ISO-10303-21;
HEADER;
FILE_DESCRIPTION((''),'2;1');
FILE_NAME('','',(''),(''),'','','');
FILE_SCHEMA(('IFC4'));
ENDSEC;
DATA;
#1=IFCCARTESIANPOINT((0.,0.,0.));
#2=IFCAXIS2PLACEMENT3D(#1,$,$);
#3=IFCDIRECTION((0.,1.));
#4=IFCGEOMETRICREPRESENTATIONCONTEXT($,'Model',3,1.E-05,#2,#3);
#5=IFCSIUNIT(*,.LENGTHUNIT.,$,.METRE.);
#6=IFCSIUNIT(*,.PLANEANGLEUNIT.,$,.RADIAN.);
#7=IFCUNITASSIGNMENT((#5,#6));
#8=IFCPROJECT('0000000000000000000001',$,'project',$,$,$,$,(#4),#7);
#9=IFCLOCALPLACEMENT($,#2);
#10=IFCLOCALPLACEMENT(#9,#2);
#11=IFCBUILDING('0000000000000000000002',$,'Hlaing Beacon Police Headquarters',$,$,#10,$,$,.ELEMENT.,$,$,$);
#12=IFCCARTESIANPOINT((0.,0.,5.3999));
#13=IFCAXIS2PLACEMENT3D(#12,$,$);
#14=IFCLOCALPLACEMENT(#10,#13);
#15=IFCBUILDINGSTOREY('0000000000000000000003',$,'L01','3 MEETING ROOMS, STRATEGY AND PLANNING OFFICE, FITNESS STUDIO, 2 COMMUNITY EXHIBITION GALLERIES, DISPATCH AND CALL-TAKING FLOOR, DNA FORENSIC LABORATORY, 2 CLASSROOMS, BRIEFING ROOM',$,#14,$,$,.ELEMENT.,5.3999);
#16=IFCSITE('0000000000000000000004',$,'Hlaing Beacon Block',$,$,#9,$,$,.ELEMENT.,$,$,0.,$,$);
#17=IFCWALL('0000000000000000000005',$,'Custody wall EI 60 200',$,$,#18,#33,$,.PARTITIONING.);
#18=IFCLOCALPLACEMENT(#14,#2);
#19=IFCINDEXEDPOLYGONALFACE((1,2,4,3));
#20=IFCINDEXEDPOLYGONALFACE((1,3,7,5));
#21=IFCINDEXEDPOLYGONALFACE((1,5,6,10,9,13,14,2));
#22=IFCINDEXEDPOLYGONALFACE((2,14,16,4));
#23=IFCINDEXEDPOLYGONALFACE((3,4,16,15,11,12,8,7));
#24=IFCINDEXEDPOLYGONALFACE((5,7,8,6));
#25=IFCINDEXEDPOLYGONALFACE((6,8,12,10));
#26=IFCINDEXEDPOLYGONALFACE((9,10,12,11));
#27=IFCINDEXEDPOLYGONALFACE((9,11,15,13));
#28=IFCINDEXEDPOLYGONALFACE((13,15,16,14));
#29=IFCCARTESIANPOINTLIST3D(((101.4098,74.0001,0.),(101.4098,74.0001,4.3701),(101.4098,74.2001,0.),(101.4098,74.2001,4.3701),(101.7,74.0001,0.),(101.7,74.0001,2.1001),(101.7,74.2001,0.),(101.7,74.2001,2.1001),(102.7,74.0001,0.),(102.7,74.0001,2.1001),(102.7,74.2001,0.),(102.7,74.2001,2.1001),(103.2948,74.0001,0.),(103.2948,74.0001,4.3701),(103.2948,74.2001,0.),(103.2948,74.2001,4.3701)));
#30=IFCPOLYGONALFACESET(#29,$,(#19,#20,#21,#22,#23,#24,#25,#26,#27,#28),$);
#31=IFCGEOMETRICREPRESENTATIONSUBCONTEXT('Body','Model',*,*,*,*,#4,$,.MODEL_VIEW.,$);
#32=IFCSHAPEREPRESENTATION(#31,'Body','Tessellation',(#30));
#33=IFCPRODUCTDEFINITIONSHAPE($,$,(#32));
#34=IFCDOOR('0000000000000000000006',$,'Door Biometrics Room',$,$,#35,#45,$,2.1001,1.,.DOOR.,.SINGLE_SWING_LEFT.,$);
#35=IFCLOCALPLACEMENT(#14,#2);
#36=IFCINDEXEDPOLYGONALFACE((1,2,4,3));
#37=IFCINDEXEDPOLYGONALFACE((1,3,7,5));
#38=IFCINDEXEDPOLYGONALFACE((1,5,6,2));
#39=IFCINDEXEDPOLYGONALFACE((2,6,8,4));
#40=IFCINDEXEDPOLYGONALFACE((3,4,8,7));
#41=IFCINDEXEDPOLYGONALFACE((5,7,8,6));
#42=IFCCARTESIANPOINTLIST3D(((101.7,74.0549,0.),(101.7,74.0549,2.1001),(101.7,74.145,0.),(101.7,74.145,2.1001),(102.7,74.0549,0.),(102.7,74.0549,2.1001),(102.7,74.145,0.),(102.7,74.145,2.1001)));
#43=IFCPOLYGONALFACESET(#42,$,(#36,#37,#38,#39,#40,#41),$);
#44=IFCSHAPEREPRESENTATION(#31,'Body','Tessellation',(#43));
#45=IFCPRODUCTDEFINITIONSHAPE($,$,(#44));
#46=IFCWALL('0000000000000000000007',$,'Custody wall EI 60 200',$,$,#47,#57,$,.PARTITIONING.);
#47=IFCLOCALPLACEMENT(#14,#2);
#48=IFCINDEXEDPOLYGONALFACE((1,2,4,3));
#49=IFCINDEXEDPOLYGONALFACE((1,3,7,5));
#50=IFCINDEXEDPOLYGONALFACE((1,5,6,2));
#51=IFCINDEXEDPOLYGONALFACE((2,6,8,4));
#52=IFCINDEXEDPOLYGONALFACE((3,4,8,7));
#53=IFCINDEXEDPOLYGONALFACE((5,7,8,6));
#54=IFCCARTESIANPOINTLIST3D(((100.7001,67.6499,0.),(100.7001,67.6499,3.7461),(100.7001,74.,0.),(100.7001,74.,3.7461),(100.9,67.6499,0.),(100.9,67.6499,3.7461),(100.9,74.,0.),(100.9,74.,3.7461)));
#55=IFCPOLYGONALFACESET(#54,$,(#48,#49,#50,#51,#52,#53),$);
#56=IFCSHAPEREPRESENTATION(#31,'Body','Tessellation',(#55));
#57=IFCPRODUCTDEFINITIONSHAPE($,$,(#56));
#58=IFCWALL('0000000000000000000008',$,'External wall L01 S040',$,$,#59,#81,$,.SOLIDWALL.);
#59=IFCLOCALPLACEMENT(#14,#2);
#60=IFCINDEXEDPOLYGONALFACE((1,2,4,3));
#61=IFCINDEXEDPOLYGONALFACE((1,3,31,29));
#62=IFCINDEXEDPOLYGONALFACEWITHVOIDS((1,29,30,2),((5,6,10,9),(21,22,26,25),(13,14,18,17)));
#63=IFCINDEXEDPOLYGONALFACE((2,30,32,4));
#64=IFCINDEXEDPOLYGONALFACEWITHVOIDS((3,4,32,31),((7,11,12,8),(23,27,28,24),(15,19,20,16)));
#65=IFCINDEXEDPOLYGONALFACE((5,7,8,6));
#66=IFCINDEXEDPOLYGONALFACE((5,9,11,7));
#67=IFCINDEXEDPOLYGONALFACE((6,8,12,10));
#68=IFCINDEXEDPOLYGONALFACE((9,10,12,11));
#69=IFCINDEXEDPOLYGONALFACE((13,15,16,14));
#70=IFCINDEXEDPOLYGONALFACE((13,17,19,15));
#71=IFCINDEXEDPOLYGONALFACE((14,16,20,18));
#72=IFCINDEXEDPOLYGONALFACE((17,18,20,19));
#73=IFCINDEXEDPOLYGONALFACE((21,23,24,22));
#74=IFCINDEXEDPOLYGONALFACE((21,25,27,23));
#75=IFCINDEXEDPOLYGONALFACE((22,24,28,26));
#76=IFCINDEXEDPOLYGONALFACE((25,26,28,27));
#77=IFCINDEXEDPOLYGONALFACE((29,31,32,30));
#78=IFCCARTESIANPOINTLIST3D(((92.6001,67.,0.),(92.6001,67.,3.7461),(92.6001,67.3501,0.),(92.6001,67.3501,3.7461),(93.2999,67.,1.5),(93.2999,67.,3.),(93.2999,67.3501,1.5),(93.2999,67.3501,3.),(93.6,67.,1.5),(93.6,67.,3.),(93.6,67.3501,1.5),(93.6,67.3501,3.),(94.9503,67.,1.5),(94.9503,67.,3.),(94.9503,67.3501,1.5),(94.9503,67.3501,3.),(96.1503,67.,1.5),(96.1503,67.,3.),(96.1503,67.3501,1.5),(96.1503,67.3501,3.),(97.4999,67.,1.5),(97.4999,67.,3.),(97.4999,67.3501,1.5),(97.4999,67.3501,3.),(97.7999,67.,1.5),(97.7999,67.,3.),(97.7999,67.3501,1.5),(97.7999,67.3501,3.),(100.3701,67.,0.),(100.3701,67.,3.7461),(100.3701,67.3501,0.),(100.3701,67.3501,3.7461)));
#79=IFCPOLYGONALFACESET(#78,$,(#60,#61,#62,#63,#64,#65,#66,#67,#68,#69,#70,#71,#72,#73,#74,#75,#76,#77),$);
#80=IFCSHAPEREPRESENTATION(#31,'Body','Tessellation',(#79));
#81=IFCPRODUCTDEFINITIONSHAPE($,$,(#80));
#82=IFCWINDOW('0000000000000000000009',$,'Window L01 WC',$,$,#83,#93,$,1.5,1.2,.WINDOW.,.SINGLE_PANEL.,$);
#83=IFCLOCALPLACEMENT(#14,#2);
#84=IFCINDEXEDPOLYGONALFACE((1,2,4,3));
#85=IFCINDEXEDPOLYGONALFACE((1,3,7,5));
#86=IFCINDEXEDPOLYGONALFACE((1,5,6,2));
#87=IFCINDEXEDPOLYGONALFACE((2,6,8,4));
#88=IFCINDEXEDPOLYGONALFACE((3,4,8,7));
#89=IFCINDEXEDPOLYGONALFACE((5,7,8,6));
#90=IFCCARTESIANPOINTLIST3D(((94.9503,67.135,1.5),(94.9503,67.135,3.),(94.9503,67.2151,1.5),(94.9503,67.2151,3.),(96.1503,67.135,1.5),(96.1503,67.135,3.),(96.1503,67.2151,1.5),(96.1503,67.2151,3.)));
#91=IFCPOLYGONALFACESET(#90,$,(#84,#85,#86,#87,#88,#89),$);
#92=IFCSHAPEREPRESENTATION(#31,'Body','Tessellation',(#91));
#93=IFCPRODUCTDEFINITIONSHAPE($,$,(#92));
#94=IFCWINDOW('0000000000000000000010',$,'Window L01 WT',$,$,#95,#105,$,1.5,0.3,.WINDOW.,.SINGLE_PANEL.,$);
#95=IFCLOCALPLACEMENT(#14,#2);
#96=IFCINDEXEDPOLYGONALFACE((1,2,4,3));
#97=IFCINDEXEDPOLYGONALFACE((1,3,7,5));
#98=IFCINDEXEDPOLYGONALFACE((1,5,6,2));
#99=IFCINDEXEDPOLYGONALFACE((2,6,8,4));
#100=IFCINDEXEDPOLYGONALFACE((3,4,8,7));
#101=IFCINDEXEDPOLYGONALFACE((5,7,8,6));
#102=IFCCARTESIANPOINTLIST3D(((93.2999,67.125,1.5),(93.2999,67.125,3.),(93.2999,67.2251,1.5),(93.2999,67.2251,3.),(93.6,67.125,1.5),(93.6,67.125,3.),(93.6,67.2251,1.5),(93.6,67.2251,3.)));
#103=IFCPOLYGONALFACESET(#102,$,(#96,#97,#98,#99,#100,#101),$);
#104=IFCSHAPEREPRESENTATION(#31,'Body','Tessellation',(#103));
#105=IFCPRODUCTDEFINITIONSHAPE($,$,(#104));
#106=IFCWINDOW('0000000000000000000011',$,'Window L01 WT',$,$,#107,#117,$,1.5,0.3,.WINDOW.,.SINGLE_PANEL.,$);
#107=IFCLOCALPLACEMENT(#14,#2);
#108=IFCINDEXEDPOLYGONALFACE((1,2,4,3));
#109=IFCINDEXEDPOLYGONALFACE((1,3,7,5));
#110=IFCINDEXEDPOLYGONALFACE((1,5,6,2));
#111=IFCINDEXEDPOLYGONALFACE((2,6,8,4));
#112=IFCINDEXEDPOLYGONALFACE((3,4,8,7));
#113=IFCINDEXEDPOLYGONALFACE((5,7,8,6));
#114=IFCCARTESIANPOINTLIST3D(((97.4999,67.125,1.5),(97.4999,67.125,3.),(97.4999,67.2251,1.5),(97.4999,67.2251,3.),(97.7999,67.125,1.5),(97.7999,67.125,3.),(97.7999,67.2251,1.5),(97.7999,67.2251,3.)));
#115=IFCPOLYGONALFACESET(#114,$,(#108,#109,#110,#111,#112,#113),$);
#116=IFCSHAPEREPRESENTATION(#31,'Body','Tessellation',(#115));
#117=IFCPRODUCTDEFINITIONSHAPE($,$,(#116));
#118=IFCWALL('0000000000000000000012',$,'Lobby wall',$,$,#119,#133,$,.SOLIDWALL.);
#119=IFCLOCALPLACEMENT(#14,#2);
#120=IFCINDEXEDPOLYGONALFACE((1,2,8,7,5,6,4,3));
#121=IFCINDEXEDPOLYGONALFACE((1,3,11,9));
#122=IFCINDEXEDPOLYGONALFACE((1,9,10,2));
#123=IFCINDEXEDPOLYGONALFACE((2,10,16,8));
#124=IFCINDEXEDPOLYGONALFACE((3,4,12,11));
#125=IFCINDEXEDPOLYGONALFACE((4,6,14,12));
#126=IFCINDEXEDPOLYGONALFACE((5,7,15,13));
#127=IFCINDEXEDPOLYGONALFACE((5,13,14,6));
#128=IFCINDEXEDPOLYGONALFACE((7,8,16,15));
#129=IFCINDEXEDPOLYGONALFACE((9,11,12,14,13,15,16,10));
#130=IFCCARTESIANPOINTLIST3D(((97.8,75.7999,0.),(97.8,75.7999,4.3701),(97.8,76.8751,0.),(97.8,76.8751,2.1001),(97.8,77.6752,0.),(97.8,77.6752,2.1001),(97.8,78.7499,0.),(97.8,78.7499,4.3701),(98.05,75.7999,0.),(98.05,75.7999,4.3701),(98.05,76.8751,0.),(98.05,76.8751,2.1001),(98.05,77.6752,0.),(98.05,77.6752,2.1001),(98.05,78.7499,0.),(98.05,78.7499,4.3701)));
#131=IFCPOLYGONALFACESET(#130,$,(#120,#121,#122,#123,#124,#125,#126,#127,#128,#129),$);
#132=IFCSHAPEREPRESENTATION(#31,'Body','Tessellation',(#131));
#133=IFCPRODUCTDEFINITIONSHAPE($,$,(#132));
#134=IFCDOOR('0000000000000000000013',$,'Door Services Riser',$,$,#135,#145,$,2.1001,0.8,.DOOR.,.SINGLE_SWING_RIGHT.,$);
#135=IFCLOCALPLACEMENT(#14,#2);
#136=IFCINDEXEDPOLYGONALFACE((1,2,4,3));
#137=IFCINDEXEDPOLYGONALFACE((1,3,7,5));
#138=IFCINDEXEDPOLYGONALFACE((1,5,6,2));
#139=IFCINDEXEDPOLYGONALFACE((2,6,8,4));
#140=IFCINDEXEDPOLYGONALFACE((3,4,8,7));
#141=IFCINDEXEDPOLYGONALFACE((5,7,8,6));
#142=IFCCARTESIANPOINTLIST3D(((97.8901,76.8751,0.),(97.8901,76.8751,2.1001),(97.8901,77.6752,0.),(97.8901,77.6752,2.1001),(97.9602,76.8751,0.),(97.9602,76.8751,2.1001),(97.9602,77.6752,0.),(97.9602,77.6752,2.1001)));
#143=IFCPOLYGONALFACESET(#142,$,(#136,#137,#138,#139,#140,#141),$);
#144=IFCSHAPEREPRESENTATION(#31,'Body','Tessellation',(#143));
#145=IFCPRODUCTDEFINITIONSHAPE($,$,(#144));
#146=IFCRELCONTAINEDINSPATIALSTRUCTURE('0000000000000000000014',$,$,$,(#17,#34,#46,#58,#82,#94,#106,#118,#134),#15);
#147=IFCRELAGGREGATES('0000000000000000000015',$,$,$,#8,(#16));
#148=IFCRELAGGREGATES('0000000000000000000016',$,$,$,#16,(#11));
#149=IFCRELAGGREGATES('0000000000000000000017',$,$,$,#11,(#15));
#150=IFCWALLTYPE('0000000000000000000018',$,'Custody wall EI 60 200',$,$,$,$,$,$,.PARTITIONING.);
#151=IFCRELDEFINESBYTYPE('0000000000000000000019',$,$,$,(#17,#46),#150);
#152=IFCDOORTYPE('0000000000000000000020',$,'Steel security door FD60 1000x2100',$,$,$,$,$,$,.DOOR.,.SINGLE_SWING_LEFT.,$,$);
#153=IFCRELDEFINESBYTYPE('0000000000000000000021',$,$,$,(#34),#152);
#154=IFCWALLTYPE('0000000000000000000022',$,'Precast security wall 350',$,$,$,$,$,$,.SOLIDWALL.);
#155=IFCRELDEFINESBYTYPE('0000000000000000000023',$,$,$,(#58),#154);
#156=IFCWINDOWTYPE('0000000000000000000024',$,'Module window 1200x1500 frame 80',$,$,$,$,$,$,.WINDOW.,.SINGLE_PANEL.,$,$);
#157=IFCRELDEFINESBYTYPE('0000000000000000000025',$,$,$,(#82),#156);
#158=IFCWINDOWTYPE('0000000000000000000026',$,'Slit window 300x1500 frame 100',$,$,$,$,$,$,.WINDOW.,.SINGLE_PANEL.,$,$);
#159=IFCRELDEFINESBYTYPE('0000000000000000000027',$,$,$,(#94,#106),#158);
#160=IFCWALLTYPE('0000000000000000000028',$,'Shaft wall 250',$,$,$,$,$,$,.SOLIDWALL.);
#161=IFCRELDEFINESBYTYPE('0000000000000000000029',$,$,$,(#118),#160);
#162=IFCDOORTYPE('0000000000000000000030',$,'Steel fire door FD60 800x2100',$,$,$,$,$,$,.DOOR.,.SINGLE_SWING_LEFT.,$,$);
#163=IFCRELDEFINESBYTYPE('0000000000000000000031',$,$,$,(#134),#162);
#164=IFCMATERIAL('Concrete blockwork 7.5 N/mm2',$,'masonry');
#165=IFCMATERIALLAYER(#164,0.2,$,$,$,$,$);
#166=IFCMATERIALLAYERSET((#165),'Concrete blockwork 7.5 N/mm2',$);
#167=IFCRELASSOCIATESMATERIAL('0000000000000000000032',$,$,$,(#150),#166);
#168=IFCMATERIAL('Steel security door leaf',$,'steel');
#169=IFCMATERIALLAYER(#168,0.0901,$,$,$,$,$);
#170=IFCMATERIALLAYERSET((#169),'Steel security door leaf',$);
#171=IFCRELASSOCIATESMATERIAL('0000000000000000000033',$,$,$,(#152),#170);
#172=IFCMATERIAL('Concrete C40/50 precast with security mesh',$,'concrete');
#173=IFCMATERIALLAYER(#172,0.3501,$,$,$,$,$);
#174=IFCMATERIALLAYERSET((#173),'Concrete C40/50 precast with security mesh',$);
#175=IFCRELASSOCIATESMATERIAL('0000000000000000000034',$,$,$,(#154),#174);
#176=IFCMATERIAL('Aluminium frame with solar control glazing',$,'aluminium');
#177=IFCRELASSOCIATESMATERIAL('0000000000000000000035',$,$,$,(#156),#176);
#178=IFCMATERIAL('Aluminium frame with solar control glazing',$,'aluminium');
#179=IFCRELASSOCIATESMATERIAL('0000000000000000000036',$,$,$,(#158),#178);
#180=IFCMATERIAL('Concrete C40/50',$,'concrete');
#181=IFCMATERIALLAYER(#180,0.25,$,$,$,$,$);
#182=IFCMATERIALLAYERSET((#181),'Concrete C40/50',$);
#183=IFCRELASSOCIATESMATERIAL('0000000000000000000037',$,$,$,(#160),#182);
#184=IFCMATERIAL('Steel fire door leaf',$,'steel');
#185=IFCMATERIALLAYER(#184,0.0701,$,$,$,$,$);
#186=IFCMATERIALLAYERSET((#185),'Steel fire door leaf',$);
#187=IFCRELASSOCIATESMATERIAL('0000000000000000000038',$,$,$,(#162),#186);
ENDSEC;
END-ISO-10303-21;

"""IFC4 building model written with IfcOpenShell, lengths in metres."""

from ifc_helpers import new_model, si_unit, direction, frame, frame_2d, origin, place, context, subcontext, project, spatial, rectangle, extrude, material, layer, layer_set, type_object, element, fill, save


model = new_model("IFC4")

# Units and contexts
model_context = context("Model", 3, precision=1e-05, world=origin(), true_north=direction((0.0, 1.0)))
body_context = subcontext(model_context, "Body", "Model", "MODEL_VIEW")
ifc_project = project(units=[si_unit("LENGTHUNIT", "METRE"), si_unit("PLANEANGLEUNIT", "RADIAN")], contexts=[model_context])

# Site, building, storey
site_placement = place(None, origin())
site = spatial("IfcSite", under=ifc_project, at=site_placement, Name="Hlaing Beacon Block", CompositionType="ELEMENT", RefElevation=0.0)
building_placement = place(site_placement, origin())
building = spatial("IfcBuilding", under=site, at=building_placement, Name="Hlaing Beacon Police Headquarters", CompositionType="ELEMENT")
storey_placement = place(building_placement, frame((0.0, 0.0, 5.3999)))
storey = spatial("IfcBuildingStorey", under=building, at=storey_placement, Name="L01", Description="3 MEETING ROOMS, STRATEGY AND PLANNING OFFICE, FITNESS STUDIO, 2 COMMUNITY EXHIBITION GALLERIES, DISPATCH AND CALL-TAKING FLOOR, DNA FORENSIC LABORATORY, 2 CLASSROOMS, BRIEFING ROOM", CompositionType="ELEMENT", Elevation=5.3999)

# Shared definitions
ifc_material_1 = material(Name="Concrete blockwork 7.5 N/mm2", Category="masonry")
ifc_layer_1 = layer(ifc_material_1, 0.2)
ifc_layer_set_1 = layer_set([ifc_layer_1], Name="Concrete blockwork 7.5 N/mm2")
wall_type_1 = type_object("IfcWallType", Name="Custody wall EI 60 200", PredefinedType="PARTITIONING", material=ifc_layer_set_1)

# Shared definitions
ifc_material_2 = material(Name="Steel security door leaf", Category="steel")
ifc_layer_2 = layer(ifc_material_2, 0.0901)
ifc_layer_set_2 = layer_set([ifc_layer_2], Name="Steel security door leaf")
door_type_1 = type_object("IfcDoorType", Name="Steel security door FD60 1000x2100", OperationType="SINGLE_SWING_LEFT", PredefinedType="DOOR", material=ifc_layer_set_2)

# Wall, opening, door
wall_1_placement = place(storey_placement, frame((101.4099, 74.1001, 0.0), z_axis=(0.0, 0.0, 1.0), x_axis=(1.0, 0.0, 0.0)))
wall_1 = element("IfcWall", 1, at=wall_1_placement, inside=storey, type_object=wall_type_1, Name="Custody wall EI 60 200", PredefinedType="PARTITIONING", context=body_context, shape_type="SweptSolid", body=[
    extrude(rectangle(XDim=1.885, YDim=0.2, at=frame_2d((0.9424, 0.0))), origin(), (0.0, 0.0, 1.0), 4.3701),
])
opening_1_placement = place(wall_1_placement, frame((0.29, 0.0, 0.0)))
opening_1 = element("IfcOpeningElement", 2, at=opening_1_placement, cuts=wall_1, PredefinedType="OPENING", context=body_context, shape_type="SweptSolid", body=[
    extrude(rectangle(XDim=1.0, YDim=2.1001, at=frame_2d((0.5, 1.05))), frame((0.0, 0.1099, 0.0), z_axis=(0.0, -1.0, 0.0), x_axis=(1.0, 0.0, 0.0)), (0.0, 0.0, 1.0), 0.22),
])
door_1_placement = place(opening_1_placement, frame((1.0, 0.0, 0.0), z_axis=(0.0, 0.0, 1.0), x_axis=(-1.0, 0.0, 0.0)))
door_1 = element("IfcDoor", 3, at=door_1_placement, inside=storey, type_object=door_type_1, Name="Door Biometrics Room", OperationType="SINGLE_SWING_LEFT", OverallHeight=2.1001, OverallWidth=1.0, PredefinedType="DOOR", context=body_context, shape_type="SweptSolid", body=[
    extrude(rectangle(XDim=1.0, YDim=2.1001, at=frame_2d((0.5, 1.05))), frame((0.0, 0.0452, 0.0), z_axis=(0.0, -1.0, 0.0), x_axis=(1.0, 0.0, 0.0)), (0.0, 0.0, 1.0), 0.0901),
])
fill(opening_1, door_1)

# Wall
wall_2_placement = place(storey_placement, frame((100.8, 67.6499, 0.0), z_axis=(0.0, 0.0, 1.0), x_axis=(0.0, 1.0, 0.0)))
element("IfcWall", 4, at=wall_2_placement, inside=storey, type_object=wall_type_1, Name="Custody wall EI 60 200", PredefinedType="PARTITIONING", context=body_context, shape_type="SweptSolid", body=[
    extrude(rectangle(XDim=6.3501, YDim=0.2, at=frame_2d((3.175, 0.0))), origin(), (0.0, 0.0, 1.0), 3.7461),
])

# Wall, openings, windows
ifc_material_3 = material(Name="Concrete C40/50 precast with security mesh", Category="concrete")
ifc_layer_3 = layer(ifc_material_3, 0.3501)
ifc_layer_set_3 = layer_set([ifc_layer_3], Name="Concrete C40/50 precast with security mesh")
wall_type_2 = type_object("IfcWallType", Name="Precast security wall 350", PredefinedType="SOLIDWALL", material=ifc_layer_set_3)
wall_3_placement = place(storey_placement, frame((92.6001, 67.175, 0.0), z_axis=(0.0, 0.0, 1.0), x_axis=(1.0, 0.0, 0.0)))
wall_3 = element("IfcWall", 5, at=wall_3_placement, inside=storey, type_object=wall_type_2, Name="External wall L01 S040", PredefinedType="SOLIDWALL", context=body_context, shape_type="SweptSolid", body=[
    extrude(rectangle(XDim=7.77, YDim=0.3501, at=frame_2d((3.885, 0.0))), origin(), (0.0, 0.0, 1.0), 3.7461),
])
opening_2_placement = place(wall_3_placement, frame((0.7, 0.0, 1.5)))
opening_2 = element("IfcOpeningElement", 6, at=opening_2_placement, cuts=wall_3, PredefinedType="OPENING", context=body_context, shape_type="SweptSolid", body=[
    extrude(rectangle(XDim=0.3, YDim=1.5, at=frame_2d((0.1499, 0.75))), frame((0.0, 0.1851, 0.0), z_axis=(0.0, -1.0, 0.0), x_axis=(1.0, 0.0, 0.0)), (0.0, 0.0, 1.0), 0.3701),
])
opening_3_placement = place(wall_3_placement, frame((2.3501, 0.0, 1.5)))
opening_3 = element("IfcOpeningElement", 7, at=opening_3_placement, cuts=wall_3, PredefinedType="OPENING", context=body_context, shape_type="SweptSolid", body=[
    extrude(rectangle(XDim=1.2, YDim=1.5, at=frame_2d((0.6001, 0.75))), frame((0.0, 0.1851, 0.0), z_axis=(0.0, -1.0, 0.0), x_axis=(1.0, 0.0, 0.0)), (0.0, 0.0, 1.0), 0.3701),
])
opening_4_placement = place(wall_3_placement, frame((4.8999, 0.0, 1.5)))
opening_4 = element("IfcOpeningElement", 8, at=opening_4_placement, cuts=wall_3, PredefinedType="OPENING", context=body_context, shape_type="SweptSolid", body=[
    extrude(rectangle(XDim=0.3, YDim=1.5, at=frame_2d((0.1499, 0.75))), frame((0.0, 0.1851, 0.0), z_axis=(0.0, -1.0, 0.0), x_axis=(1.0, 0.0, 0.0)), (0.0, 0.0, 1.0), 0.3701),
])
ifc_material_4 = material(Name="Aluminium frame with solar control glazing", Category="aluminium")
window_type_1 = type_object("IfcWindowType", Name="Module window 1200x1500 frame 80", PartitioningType="SINGLE_PANEL", PredefinedType="WINDOW", material=ifc_material_4)
window_1_placement = place(opening_3_placement, origin())
window_1 = element("IfcWindow", 9, at=window_1_placement, inside=storey, type_object=window_type_1, Name="Window L01 WC", OverallHeight=1.5, OverallWidth=1.2, PartitioningType="SINGLE_PANEL", PredefinedType="WINDOW", context=body_context, shape_type="SweptSolid", body=[
    extrude(rectangle(XDim=1.2, YDim=1.5, at=frame_2d((0.6001, 0.75))), frame((0.0, 0.04, 0.0), z_axis=(0.0, -1.0, 0.0), x_axis=(1.0, 0.0, 0.0)), (0.0, 0.0, 1.0), 0.0801),
])
fill(opening_3, window_1)
ifc_material_5 = material(Name="Aluminium frame with solar control glazing", Category="aluminium")
window_type_2 = type_object("IfcWindowType", Name="Slit window 300x1500 frame 100", PartitioningType="SINGLE_PANEL", PredefinedType="WINDOW", material=ifc_material_5)
window_2_placement = place(opening_2_placement, origin())
window_2 = element("IfcWindow", 10, at=window_2_placement, inside=storey, type_object=window_type_2, Name="Window L01 WT", OverallHeight=1.5, OverallWidth=0.3, PartitioningType="SINGLE_PANEL", PredefinedType="WINDOW", context=body_context, shape_type="SweptSolid", body=[
    extrude(rectangle(XDim=0.3, YDim=1.5, at=frame_2d((0.1499, 0.75))), frame((0.0, 0.05, 0.0), z_axis=(0.0, -1.0, 0.0), x_axis=(1.0, 0.0, 0.0)), (0.0, 0.0, 1.0), 0.1001),
])
fill(opening_2, window_2)
window_3_placement = place(opening_4_placement, origin())
window_3 = element("IfcWindow", 11, at=window_3_placement, inside=storey, type_object=window_type_2, Name="Window L01 WT", OverallHeight=1.5, OverallWidth=0.3, PartitioningType="SINGLE_PANEL", PredefinedType="WINDOW", context=body_context, shape_type="SweptSolid", body=[
    extrude(rectangle(XDim=0.3, YDim=1.5, at=frame_2d((0.1499, 0.75))), frame((0.0, 0.05, 0.0), z_axis=(0.0, -1.0, 0.0), x_axis=(1.0, 0.0, 0.0)), (0.0, 0.0, 1.0), 0.1001),
])
fill(opening_4, window_3)

# Wall, opening, door
ifc_material_6 = material(Name="Concrete C40/50", Category="concrete")
ifc_layer_4 = layer(ifc_material_6, 0.25)
ifc_layer_set_4 = layer_set([ifc_layer_4], Name="Concrete C40/50")
wall_type_3 = type_object("IfcWallType", Name="Shaft wall 250", PredefinedType="SOLIDWALL", material=ifc_layer_set_4)
wall_4_placement = place(storey_placement, frame((97.925, 78.75, 0.0), z_axis=(0.0, 0.0, 1.0), x_axis=(0.0, -1.0, 0.0)))
wall_4 = element("IfcWall", 12, at=wall_4_placement, inside=storey, type_object=wall_type_3, Name="Lobby wall", PredefinedType="SOLIDWALL", context=body_context, shape_type="SweptSolid", body=[
    extrude(rectangle(XDim=2.95, YDim=0.25, at=frame_2d((1.4751, 0.0))), origin(), (0.0, 0.0, 1.0), 4.3701),
])
opening_5_placement = place(wall_4_placement, frame((1.075, 0.0, 0.0)))
opening_5 = element("IfcOpeningElement", 13, at=opening_5_placement, cuts=wall_4, PredefinedType="OPENING", context=body_context, shape_type="SweptSolid", body=[
    extrude(rectangle(XDim=0.8, YDim=2.1001, at=frame_2d((0.3999, 1.05))), frame((0.0, 0.135, 0.0), z_axis=(0.0, -1.0, 0.0), x_axis=(1.0, 0.0, 0.0)), (0.0, 0.0, 1.0), 0.27),
])
ifc_material_7 = material(Name="Steel fire door leaf", Category="steel")
ifc_layer_5 = layer(ifc_material_7, 0.0701)
ifc_layer_set_5 = layer_set([ifc_layer_5], Name="Steel fire door leaf")
door_type_2 = type_object("IfcDoorType", Name="Steel fire door FD60 800x2100", OperationType="SINGLE_SWING_LEFT", PredefinedType="DOOR", material=ifc_layer_set_5)
door_2_placement = place(opening_5_placement, origin())
door_2 = element("IfcDoor", 14, at=door_2_placement, inside=storey, type_object=door_type_2, Name="Door Services Riser", OperationType="SINGLE_SWING_RIGHT", OverallHeight=2.1001, OverallWidth=0.8, PredefinedType="DOOR", context=body_context, shape_type="SweptSolid", body=[
    extrude(rectangle(XDim=0.8, YDim=2.1001, at=frame_2d((0.3999, 1.05))), frame((0.0, 0.0352, 0.0), z_axis=(0.0, -1.0, 0.0), x_axis=(1.0, 0.0, 0.0)), (0.0, 0.0, 1.0), 0.0701),
])
fill(opening_5, door_2)

save(model, "model.ifc")
